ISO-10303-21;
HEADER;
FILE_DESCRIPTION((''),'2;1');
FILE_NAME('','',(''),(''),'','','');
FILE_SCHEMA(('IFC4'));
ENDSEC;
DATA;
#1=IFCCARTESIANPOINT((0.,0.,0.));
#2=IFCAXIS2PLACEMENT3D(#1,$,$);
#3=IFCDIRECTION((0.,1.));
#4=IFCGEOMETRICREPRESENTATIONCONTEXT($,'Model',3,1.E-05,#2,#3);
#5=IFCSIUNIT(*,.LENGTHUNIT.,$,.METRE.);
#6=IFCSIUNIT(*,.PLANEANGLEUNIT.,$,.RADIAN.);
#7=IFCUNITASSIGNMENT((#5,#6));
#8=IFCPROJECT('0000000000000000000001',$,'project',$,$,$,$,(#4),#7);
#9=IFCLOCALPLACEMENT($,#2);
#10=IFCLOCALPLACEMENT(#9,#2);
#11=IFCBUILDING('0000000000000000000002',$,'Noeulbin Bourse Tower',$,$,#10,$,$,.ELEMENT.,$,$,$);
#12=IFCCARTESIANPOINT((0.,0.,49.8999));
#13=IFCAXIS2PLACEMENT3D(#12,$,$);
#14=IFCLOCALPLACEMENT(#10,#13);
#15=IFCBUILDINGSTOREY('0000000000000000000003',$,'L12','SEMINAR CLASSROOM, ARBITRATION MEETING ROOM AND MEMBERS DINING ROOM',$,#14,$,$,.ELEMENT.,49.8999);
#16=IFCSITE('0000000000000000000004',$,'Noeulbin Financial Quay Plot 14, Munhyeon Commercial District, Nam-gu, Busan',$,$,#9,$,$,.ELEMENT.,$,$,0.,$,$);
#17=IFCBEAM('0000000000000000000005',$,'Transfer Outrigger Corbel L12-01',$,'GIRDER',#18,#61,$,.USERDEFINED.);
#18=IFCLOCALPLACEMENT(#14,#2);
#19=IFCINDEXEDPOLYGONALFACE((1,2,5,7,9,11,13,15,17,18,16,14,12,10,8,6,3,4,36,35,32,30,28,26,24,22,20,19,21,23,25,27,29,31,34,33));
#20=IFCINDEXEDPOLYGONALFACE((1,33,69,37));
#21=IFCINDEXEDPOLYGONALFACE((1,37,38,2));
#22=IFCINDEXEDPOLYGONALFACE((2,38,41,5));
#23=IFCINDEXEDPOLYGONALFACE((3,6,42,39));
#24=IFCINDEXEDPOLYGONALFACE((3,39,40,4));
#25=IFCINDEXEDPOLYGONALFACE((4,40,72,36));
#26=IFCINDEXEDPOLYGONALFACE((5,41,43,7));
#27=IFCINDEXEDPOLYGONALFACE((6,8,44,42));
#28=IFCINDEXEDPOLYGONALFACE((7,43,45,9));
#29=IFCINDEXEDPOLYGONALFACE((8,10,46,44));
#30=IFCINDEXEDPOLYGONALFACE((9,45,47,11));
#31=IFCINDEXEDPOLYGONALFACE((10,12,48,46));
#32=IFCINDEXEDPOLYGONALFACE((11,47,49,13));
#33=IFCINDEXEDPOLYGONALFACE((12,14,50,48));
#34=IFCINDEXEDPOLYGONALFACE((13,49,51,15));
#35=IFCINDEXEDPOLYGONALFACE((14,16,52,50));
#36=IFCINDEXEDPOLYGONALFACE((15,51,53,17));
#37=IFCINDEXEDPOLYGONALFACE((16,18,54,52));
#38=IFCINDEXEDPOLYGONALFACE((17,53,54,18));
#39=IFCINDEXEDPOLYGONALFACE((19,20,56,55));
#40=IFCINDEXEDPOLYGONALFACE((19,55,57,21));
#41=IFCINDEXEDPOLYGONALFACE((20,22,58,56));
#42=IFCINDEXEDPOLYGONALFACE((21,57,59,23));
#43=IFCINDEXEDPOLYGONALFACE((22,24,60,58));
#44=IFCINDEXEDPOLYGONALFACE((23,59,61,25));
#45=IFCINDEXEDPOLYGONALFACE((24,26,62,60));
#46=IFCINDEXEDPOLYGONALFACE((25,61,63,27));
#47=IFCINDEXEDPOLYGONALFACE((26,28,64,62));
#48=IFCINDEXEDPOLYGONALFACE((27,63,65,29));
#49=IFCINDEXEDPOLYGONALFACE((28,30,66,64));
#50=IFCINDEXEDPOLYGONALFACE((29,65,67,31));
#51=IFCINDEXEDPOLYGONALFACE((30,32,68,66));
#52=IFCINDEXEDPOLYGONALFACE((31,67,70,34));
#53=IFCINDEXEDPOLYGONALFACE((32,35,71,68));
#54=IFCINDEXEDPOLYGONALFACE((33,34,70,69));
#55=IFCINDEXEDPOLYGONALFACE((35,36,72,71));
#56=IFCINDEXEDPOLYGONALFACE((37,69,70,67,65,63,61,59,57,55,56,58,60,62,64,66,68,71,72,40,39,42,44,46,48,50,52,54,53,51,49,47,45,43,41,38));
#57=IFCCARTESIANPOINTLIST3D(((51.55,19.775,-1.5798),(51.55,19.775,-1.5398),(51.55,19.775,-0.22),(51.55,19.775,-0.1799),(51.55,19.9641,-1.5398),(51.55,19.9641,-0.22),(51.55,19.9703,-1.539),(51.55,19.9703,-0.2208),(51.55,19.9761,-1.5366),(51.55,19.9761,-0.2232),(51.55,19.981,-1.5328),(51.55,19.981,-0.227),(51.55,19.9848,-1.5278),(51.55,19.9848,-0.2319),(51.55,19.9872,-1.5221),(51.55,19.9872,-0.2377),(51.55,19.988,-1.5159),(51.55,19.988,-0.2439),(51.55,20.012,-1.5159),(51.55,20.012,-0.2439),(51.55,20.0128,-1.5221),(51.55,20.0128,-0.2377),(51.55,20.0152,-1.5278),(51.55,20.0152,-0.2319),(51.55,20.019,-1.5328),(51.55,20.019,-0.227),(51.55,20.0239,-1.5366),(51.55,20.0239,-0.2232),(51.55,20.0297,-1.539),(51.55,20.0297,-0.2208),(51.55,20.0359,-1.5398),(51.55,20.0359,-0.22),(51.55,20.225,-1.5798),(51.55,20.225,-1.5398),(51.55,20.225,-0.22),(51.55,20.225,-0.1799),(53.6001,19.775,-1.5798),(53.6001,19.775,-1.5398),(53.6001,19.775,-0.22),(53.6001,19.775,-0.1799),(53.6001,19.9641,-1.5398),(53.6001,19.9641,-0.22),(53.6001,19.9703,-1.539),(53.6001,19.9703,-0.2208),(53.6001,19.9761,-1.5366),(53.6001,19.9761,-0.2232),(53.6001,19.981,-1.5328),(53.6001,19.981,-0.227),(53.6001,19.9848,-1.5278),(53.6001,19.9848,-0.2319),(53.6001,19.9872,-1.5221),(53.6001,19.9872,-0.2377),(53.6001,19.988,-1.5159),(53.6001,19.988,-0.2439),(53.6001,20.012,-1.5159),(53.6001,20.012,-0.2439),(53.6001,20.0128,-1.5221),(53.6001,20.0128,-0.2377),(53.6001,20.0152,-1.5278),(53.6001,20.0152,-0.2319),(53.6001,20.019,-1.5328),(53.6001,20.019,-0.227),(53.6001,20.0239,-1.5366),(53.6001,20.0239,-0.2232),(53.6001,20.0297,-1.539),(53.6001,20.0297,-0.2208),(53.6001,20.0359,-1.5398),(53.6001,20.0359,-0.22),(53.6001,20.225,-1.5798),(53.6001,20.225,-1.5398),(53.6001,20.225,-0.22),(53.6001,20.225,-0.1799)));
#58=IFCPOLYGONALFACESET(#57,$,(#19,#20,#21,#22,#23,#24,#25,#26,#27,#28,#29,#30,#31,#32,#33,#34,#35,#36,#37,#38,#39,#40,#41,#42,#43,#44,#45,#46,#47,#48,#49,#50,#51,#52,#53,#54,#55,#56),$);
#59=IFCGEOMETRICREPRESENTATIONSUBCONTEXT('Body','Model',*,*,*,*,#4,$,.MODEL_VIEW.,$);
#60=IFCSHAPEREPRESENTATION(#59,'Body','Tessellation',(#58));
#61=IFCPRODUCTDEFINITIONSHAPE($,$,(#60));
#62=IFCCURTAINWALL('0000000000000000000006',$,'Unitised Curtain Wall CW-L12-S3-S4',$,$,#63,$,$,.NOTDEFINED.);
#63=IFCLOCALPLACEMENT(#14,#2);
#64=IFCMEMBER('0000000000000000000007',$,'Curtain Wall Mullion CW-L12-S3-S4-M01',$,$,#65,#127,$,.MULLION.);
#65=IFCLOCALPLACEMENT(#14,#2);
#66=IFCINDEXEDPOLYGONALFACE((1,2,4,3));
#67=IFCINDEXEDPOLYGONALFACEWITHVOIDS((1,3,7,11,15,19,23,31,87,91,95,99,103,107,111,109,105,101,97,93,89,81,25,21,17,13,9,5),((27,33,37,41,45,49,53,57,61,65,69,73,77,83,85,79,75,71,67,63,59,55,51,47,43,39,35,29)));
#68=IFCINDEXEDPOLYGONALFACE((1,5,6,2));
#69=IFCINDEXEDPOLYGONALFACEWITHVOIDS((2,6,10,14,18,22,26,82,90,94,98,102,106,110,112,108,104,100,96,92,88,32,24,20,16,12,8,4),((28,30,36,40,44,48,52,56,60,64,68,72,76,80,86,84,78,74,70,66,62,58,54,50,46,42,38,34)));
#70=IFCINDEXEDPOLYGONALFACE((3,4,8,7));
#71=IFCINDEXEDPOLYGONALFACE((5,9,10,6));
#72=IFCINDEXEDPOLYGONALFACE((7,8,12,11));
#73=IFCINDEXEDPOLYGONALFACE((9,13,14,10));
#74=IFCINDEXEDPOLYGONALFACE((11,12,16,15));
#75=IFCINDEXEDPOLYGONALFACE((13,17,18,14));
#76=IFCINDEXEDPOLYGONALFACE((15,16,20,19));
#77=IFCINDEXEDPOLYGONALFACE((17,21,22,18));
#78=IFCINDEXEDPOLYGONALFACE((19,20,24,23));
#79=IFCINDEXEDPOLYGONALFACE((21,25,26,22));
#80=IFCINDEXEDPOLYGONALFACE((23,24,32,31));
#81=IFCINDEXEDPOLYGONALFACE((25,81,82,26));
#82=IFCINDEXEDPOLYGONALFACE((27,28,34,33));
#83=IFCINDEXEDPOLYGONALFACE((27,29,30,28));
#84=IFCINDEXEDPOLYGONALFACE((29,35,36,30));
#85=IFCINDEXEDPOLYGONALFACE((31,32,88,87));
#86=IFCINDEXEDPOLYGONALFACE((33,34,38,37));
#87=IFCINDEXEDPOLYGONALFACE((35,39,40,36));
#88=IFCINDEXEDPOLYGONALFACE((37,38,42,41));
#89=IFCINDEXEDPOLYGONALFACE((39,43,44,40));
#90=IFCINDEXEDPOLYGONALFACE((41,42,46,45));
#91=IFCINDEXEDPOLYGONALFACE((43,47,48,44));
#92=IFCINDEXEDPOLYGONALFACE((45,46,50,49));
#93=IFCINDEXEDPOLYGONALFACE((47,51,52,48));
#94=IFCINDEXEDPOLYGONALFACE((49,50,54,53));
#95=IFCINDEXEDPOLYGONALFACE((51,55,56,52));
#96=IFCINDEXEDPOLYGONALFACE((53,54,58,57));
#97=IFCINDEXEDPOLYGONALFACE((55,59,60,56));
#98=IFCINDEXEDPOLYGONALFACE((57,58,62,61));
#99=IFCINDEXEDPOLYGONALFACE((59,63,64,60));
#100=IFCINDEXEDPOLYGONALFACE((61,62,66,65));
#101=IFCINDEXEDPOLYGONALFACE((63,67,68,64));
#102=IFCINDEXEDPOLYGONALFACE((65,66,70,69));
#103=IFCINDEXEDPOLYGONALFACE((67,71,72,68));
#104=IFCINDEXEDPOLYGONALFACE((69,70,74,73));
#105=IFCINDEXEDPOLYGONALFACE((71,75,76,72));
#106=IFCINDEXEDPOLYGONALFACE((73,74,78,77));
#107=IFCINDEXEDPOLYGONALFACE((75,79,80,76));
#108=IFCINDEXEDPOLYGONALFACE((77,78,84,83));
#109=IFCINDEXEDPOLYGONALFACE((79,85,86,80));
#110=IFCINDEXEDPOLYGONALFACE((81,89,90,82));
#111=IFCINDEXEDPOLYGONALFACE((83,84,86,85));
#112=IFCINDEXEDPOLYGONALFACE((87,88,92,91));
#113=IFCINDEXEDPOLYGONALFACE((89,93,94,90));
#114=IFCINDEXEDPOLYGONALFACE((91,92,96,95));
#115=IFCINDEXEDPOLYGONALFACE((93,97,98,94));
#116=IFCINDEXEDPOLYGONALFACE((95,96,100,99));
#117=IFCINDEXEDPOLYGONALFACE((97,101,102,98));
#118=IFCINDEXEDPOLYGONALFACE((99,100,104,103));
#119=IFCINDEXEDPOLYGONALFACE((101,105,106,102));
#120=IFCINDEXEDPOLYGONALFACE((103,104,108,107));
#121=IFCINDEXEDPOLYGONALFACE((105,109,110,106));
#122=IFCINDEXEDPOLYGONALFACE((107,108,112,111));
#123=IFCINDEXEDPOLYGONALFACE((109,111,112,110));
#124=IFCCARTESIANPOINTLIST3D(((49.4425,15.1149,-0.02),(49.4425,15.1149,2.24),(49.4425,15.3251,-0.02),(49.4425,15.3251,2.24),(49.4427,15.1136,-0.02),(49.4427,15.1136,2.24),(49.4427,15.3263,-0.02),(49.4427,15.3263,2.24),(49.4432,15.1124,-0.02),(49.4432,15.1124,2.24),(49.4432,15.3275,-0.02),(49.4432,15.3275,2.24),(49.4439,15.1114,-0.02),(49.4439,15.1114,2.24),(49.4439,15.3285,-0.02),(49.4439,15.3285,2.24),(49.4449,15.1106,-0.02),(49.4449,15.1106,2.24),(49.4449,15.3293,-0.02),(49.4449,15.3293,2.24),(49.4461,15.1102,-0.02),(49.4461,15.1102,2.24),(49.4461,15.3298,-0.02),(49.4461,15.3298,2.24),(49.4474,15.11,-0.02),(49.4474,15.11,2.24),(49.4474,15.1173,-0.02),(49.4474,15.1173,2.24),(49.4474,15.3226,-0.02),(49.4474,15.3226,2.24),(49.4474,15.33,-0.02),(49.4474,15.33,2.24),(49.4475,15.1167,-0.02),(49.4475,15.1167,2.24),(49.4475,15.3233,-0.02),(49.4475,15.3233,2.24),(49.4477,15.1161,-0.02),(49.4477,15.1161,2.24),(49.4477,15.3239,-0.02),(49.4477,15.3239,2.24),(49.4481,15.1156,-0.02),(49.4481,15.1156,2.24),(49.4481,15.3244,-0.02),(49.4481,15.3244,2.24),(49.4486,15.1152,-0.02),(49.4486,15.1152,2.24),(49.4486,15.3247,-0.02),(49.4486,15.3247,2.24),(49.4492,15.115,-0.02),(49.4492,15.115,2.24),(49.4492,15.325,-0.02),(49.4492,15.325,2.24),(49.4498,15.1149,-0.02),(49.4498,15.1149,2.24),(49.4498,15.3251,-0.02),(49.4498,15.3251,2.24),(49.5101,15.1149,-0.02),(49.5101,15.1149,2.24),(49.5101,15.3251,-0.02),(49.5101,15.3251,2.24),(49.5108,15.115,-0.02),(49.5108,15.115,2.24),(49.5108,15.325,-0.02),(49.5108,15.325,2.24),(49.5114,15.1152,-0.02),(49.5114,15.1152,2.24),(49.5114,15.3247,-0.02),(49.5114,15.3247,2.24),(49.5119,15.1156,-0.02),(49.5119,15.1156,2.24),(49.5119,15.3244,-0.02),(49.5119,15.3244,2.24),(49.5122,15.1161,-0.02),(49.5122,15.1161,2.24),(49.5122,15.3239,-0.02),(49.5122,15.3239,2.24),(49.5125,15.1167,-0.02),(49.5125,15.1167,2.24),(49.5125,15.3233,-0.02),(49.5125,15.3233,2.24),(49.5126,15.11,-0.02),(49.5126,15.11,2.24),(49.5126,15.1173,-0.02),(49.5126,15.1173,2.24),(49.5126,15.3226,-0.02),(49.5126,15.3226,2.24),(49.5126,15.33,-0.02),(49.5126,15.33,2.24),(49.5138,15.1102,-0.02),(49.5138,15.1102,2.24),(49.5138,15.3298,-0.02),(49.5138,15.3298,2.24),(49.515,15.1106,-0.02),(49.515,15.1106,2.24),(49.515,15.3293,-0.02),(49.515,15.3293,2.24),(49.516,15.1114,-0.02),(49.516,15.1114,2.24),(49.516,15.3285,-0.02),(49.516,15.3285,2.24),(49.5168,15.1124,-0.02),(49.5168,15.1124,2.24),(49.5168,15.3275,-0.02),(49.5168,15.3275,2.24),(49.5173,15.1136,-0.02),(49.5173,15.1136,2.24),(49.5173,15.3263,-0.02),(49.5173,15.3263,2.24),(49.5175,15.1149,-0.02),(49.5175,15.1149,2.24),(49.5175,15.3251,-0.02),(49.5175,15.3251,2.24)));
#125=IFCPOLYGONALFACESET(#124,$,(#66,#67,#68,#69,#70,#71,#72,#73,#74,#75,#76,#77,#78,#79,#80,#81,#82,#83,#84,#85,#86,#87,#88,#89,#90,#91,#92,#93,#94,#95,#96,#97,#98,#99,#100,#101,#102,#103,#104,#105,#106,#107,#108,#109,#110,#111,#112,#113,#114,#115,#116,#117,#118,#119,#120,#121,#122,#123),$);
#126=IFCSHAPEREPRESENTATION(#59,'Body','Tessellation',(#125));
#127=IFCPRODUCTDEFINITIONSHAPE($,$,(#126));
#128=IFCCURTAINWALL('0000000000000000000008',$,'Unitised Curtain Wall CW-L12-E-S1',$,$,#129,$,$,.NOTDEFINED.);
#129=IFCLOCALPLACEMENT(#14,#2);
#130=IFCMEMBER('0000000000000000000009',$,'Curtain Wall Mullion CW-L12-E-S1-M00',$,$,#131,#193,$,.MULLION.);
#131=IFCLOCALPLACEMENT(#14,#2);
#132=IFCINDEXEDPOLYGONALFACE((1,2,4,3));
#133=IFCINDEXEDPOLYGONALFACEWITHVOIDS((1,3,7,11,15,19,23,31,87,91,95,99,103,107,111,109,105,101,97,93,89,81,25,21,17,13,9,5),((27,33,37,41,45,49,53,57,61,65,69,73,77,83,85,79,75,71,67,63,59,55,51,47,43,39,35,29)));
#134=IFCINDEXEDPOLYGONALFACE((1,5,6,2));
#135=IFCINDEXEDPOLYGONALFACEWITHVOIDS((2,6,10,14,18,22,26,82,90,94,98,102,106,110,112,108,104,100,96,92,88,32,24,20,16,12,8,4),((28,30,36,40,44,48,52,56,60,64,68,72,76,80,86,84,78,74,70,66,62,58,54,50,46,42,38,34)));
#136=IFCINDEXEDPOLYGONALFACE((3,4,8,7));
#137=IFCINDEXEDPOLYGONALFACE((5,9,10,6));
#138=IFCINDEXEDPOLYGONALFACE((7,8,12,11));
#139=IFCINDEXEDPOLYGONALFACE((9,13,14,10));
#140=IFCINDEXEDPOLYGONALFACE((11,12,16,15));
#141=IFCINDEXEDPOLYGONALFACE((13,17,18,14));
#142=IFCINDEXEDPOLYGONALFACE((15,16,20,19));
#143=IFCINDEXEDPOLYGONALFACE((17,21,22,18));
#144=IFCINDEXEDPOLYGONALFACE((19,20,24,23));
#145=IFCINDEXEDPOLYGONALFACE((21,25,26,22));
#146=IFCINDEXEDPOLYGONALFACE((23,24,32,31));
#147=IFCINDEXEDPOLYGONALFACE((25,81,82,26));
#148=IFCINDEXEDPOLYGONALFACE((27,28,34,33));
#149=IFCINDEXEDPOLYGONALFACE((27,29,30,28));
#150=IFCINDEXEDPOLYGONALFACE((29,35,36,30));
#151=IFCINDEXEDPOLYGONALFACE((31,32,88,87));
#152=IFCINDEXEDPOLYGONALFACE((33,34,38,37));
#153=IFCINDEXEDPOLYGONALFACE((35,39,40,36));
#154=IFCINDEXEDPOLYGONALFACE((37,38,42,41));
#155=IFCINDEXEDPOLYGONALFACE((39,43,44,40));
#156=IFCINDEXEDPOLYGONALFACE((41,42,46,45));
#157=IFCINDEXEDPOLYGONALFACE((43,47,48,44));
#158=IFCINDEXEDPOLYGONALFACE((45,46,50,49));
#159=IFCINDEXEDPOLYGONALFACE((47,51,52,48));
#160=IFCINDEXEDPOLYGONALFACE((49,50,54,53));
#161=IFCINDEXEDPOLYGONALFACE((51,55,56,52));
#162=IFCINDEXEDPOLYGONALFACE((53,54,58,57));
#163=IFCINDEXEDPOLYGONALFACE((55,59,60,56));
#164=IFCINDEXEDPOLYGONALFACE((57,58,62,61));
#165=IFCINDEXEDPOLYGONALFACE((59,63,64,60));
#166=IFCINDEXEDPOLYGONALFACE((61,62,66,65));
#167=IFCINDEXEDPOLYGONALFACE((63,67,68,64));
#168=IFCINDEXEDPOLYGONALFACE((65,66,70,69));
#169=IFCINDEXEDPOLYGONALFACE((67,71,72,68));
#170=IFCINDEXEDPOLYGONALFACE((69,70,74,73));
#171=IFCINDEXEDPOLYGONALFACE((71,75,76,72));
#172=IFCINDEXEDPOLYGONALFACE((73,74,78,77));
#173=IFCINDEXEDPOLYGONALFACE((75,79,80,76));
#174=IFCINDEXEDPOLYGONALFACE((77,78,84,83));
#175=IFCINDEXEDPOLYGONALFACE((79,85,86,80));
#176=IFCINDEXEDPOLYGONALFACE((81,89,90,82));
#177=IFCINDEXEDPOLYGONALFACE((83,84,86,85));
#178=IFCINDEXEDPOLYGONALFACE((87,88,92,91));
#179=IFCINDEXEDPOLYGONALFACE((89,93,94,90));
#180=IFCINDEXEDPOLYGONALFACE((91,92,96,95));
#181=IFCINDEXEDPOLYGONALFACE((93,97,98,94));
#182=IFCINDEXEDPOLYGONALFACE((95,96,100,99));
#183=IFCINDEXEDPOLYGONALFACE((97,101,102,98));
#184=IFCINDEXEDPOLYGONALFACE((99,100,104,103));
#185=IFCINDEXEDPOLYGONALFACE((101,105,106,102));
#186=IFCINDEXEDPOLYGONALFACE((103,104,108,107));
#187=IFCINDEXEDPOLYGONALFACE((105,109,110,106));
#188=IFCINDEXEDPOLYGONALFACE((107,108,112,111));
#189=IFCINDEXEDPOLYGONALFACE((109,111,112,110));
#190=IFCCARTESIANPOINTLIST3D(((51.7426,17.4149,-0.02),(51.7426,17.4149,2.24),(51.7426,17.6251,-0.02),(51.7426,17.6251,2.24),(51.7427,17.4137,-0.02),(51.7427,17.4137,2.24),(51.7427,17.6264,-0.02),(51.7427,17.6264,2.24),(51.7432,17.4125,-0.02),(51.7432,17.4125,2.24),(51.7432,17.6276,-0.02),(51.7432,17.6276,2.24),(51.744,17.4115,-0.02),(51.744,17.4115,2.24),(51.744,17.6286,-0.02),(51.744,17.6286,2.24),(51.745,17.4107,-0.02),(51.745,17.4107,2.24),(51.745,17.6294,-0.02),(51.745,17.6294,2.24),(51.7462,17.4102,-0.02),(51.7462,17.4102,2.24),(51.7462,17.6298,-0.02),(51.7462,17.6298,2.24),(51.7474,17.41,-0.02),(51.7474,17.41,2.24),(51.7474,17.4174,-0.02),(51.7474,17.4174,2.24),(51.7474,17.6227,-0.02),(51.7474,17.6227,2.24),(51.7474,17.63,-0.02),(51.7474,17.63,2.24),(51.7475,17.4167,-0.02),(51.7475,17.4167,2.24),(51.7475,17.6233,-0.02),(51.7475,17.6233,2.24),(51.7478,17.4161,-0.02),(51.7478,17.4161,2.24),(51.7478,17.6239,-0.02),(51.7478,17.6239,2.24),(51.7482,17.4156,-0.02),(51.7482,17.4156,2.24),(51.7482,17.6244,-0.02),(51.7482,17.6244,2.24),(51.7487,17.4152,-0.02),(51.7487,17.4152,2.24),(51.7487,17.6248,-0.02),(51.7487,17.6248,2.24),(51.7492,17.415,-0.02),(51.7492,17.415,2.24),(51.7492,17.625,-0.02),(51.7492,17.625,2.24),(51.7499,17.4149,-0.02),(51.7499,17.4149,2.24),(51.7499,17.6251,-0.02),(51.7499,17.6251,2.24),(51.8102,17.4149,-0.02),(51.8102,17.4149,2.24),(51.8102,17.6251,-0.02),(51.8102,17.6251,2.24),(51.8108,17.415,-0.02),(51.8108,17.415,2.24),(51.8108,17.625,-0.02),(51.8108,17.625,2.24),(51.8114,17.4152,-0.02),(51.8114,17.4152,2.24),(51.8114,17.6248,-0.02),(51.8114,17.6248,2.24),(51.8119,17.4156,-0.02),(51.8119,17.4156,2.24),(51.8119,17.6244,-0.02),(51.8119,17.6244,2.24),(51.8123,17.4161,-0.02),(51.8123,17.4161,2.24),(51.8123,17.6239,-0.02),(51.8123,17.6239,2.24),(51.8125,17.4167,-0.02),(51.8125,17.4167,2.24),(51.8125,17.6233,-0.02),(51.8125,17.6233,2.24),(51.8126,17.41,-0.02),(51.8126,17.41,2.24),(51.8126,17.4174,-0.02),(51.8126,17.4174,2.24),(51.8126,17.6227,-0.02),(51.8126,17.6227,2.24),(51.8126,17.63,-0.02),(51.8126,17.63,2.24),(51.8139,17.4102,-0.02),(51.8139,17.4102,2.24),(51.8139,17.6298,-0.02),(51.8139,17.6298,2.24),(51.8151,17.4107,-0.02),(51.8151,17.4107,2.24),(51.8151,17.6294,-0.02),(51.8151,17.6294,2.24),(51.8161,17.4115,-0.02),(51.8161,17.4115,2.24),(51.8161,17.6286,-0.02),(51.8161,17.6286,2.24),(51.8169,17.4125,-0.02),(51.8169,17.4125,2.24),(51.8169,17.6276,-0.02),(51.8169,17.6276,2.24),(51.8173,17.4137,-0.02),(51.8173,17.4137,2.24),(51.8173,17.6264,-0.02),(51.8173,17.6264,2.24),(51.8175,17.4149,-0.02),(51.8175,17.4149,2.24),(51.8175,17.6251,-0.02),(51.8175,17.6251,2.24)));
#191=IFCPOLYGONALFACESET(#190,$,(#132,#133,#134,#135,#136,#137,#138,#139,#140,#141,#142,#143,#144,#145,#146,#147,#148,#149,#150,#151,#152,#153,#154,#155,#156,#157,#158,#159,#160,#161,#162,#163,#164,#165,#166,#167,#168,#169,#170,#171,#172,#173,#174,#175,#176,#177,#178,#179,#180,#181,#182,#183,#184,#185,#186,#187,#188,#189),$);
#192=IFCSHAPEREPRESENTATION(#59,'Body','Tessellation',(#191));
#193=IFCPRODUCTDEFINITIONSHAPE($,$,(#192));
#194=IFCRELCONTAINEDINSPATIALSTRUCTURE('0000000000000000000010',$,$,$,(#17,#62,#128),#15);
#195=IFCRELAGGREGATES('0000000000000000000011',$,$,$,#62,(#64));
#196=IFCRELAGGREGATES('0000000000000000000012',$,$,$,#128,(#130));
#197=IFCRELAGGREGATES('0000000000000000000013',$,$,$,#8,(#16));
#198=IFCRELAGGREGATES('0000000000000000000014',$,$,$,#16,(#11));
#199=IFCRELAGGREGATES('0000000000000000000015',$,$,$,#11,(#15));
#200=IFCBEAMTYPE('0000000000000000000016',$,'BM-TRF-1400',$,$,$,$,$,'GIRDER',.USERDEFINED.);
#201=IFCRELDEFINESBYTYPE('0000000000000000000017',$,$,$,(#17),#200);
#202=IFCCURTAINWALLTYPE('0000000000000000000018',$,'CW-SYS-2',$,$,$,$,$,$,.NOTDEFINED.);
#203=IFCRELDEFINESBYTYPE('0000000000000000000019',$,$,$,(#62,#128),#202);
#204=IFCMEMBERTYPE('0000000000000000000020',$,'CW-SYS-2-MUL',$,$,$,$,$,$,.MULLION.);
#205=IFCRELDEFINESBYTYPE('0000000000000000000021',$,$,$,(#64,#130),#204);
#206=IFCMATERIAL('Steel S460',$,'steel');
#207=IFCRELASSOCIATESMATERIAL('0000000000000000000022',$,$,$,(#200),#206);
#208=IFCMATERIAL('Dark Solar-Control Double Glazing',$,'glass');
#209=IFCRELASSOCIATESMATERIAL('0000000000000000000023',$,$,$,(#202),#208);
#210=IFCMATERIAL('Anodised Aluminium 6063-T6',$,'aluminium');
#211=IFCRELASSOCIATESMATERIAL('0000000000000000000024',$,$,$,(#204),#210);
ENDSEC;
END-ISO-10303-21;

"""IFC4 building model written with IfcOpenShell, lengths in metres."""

from ifc_helpers import new_model, si_unit, direction, frame, origin, origin_2d, place, context, subcontext, project, spatial, hollow_rectangle, i_section, extrude, material, material_profile, profile_set, type_object, element, aggregate, save


model = new_model("IFC4")

# Units and contexts
model_context = context("Model", 3, precision=1e-05, world=origin(), true_north=direction((0.0, 1.0)))
body_context = subcontext(model_context, "Body", "Model", "MODEL_VIEW")
ifc_project = project(units=[si_unit("LENGTHUNIT", "METRE"), si_unit("PLANEANGLEUNIT", "RADIAN")], contexts=[model_context])

# Site, building, storey
site_placement = place(None, origin())
site = spatial("IfcSite", under=ifc_project, at=site_placement, Name="Noeulbin Financial Quay Plot 14, Munhyeon Commercial District, Nam-gu, Busan", CompositionType="ELEMENT", RefElevation=0.0)
building_placement = place(site_placement, origin())
building = spatial("IfcBuilding", under=site, at=building_placement, Name="Noeulbin Bourse Tower", CompositionType="ELEMENT")
storey_placement = place(building_placement, frame((0.0, 0.0, 49.8999)))
storey = spatial("IfcBuildingStorey", under=building, at=storey_placement, Name="L12", Description="SEMINAR CLASSROOM, ARBITRATION MEETING ROOM AND MEMBERS DINING ROOM", CompositionType="ELEMENT", Elevation=49.8999)

# Shared definitions
ifc_material_1 = material(Name="Steel S460", Category="steel")

# Beam
ifc_material_profile_1 = material_profile(ifc_material_1, i_section(OverallWidth=0.45, OverallDepth=1.3999, WebThickness=0.0239, FlangeThickness=0.04, FilletRadius=0.0239, at=origin_2d()), Name="PG-1400x450x24x40", Category="LoadBearing")
ifc_profile_set_1 = profile_set([ifc_material_profile_1], Name="Steel S460")
beam_type_1 = type_object("IfcBeamType", Name="BM-TRF-1400", ElementType="GIRDER", PredefinedType="USERDEFINED", material=ifc_profile_set_1)
beam_1_placement = place(storey_placement, frame((51.55, 20.0, -0.8799), z_axis=(1.0, 0.0, 0.0), x_axis=(0.0, 1.0, 0.0)))
element("IfcBeam", 1, at=beam_1_placement, inside=storey, type_object=beam_type_1, Name="Transfer Outrigger Corbel L12-01", ObjectType="GIRDER", PredefinedType="USERDEFINED", context=body_context, shape_type="SweptSolid", body=[
    extrude(i_section(OverallWidth=0.45, OverallDepth=1.3999, WebThickness=0.0239, FlangeThickness=0.04, FilletRadius=0.0239, at=origin_2d()), origin(), (0.0, 0.0, 1.0), 2.05),
])

# Curtain wall, member
ifc_material_2 = material(Name="Dark Solar-Control Double Glazing", Category="glass")
curtain_wall_type = type_object("IfcCurtainWallType", Name="CW-SYS-2", PredefinedType="NOTDEFINED", material=ifc_material_2)
curtain_wall_1_placement = place(storey_placement, origin())
curtain_wall_1 = element("IfcCurtainWall", 2, at=curtain_wall_1_placement, inside=storey, type_object=curtain_wall_type, Name="Unitised Curtain Wall CW-L12-S3-S4", PredefinedType="NOTDEFINED")
ifc_material_3 = material(Name="Anodised Aluminium 6063-T6", Category="aluminium")
ifc_material_profile_2 = material_profile(ifc_material_3, hollow_rectangle(XDim=0.075, YDim=0.22, WallThickness=0.0049, InnerFilletRadius=0.0024, OuterFilletRadius=0.0049, at=origin_2d()), Name="ALU-MULL-75x220x5", Category="LoadBearing")
ifc_profile_set_2 = profile_set([ifc_material_profile_2], Name="Anodised Aluminium 6063-T6")
member_type_1 = type_object("IfcMemberType", Name="CW-SYS-2-MUL", PredefinedType="MULLION", material=ifc_profile_set_2)
member_1_placement = place(storey_placement, frame((49.48, 15.22, -0.02), z_axis=(0.0, 0.0, 1.0), x_axis=(1.0, 0.0, 0.0)))
member_1 = element("IfcMember", 3, at=member_1_placement, type_object=member_type_1, Name="Curtain Wall Mullion CW-L12-S3-S4-M01", PredefinedType="MULLION", context=body_context, shape_type="SweptSolid", body=[
    extrude(hollow_rectangle(XDim=0.075, YDim=0.22, WallThickness=0.0049, InnerFilletRadius=0.0024, OuterFilletRadius=0.0049, at=origin_2d()), origin(), (0.0, 0.0, 1.0), 2.26),
])

# Curtain wall, member
curtain_wall_2_placement = place(storey_placement, origin())
curtain_wall_2 = element("IfcCurtainWall", 4, at=curtain_wall_2_placement, inside=storey, type_object=curtain_wall_type, Name="Unitised Curtain Wall CW-L12-E-S1", PredefinedType="NOTDEFINED")
member_2_placement = place(storey_placement, frame((51.78, 17.52, -0.02), z_axis=(0.0, 0.0, 1.0), x_axis=(1.0, 0.0, 0.0)))
member_2 = element("IfcMember", 5, at=member_2_placement, type_object=member_type_1, Name="Curtain Wall Mullion CW-L12-E-S1-M00", PredefinedType="MULLION", context=body_context, shape_type="SweptSolid", body=[
    extrude(hollow_rectangle(XDim=0.075, YDim=0.22, WallThickness=0.0049, InnerFilletRadius=0.0024, OuterFilletRadius=0.0049, at=origin_2d()), origin(), (0.0, 0.0, 1.0), 2.26),
])

aggregate(curtain_wall_1, [member_1])
aggregate(curtain_wall_2, [member_2])

save(model, "model.ifc")
